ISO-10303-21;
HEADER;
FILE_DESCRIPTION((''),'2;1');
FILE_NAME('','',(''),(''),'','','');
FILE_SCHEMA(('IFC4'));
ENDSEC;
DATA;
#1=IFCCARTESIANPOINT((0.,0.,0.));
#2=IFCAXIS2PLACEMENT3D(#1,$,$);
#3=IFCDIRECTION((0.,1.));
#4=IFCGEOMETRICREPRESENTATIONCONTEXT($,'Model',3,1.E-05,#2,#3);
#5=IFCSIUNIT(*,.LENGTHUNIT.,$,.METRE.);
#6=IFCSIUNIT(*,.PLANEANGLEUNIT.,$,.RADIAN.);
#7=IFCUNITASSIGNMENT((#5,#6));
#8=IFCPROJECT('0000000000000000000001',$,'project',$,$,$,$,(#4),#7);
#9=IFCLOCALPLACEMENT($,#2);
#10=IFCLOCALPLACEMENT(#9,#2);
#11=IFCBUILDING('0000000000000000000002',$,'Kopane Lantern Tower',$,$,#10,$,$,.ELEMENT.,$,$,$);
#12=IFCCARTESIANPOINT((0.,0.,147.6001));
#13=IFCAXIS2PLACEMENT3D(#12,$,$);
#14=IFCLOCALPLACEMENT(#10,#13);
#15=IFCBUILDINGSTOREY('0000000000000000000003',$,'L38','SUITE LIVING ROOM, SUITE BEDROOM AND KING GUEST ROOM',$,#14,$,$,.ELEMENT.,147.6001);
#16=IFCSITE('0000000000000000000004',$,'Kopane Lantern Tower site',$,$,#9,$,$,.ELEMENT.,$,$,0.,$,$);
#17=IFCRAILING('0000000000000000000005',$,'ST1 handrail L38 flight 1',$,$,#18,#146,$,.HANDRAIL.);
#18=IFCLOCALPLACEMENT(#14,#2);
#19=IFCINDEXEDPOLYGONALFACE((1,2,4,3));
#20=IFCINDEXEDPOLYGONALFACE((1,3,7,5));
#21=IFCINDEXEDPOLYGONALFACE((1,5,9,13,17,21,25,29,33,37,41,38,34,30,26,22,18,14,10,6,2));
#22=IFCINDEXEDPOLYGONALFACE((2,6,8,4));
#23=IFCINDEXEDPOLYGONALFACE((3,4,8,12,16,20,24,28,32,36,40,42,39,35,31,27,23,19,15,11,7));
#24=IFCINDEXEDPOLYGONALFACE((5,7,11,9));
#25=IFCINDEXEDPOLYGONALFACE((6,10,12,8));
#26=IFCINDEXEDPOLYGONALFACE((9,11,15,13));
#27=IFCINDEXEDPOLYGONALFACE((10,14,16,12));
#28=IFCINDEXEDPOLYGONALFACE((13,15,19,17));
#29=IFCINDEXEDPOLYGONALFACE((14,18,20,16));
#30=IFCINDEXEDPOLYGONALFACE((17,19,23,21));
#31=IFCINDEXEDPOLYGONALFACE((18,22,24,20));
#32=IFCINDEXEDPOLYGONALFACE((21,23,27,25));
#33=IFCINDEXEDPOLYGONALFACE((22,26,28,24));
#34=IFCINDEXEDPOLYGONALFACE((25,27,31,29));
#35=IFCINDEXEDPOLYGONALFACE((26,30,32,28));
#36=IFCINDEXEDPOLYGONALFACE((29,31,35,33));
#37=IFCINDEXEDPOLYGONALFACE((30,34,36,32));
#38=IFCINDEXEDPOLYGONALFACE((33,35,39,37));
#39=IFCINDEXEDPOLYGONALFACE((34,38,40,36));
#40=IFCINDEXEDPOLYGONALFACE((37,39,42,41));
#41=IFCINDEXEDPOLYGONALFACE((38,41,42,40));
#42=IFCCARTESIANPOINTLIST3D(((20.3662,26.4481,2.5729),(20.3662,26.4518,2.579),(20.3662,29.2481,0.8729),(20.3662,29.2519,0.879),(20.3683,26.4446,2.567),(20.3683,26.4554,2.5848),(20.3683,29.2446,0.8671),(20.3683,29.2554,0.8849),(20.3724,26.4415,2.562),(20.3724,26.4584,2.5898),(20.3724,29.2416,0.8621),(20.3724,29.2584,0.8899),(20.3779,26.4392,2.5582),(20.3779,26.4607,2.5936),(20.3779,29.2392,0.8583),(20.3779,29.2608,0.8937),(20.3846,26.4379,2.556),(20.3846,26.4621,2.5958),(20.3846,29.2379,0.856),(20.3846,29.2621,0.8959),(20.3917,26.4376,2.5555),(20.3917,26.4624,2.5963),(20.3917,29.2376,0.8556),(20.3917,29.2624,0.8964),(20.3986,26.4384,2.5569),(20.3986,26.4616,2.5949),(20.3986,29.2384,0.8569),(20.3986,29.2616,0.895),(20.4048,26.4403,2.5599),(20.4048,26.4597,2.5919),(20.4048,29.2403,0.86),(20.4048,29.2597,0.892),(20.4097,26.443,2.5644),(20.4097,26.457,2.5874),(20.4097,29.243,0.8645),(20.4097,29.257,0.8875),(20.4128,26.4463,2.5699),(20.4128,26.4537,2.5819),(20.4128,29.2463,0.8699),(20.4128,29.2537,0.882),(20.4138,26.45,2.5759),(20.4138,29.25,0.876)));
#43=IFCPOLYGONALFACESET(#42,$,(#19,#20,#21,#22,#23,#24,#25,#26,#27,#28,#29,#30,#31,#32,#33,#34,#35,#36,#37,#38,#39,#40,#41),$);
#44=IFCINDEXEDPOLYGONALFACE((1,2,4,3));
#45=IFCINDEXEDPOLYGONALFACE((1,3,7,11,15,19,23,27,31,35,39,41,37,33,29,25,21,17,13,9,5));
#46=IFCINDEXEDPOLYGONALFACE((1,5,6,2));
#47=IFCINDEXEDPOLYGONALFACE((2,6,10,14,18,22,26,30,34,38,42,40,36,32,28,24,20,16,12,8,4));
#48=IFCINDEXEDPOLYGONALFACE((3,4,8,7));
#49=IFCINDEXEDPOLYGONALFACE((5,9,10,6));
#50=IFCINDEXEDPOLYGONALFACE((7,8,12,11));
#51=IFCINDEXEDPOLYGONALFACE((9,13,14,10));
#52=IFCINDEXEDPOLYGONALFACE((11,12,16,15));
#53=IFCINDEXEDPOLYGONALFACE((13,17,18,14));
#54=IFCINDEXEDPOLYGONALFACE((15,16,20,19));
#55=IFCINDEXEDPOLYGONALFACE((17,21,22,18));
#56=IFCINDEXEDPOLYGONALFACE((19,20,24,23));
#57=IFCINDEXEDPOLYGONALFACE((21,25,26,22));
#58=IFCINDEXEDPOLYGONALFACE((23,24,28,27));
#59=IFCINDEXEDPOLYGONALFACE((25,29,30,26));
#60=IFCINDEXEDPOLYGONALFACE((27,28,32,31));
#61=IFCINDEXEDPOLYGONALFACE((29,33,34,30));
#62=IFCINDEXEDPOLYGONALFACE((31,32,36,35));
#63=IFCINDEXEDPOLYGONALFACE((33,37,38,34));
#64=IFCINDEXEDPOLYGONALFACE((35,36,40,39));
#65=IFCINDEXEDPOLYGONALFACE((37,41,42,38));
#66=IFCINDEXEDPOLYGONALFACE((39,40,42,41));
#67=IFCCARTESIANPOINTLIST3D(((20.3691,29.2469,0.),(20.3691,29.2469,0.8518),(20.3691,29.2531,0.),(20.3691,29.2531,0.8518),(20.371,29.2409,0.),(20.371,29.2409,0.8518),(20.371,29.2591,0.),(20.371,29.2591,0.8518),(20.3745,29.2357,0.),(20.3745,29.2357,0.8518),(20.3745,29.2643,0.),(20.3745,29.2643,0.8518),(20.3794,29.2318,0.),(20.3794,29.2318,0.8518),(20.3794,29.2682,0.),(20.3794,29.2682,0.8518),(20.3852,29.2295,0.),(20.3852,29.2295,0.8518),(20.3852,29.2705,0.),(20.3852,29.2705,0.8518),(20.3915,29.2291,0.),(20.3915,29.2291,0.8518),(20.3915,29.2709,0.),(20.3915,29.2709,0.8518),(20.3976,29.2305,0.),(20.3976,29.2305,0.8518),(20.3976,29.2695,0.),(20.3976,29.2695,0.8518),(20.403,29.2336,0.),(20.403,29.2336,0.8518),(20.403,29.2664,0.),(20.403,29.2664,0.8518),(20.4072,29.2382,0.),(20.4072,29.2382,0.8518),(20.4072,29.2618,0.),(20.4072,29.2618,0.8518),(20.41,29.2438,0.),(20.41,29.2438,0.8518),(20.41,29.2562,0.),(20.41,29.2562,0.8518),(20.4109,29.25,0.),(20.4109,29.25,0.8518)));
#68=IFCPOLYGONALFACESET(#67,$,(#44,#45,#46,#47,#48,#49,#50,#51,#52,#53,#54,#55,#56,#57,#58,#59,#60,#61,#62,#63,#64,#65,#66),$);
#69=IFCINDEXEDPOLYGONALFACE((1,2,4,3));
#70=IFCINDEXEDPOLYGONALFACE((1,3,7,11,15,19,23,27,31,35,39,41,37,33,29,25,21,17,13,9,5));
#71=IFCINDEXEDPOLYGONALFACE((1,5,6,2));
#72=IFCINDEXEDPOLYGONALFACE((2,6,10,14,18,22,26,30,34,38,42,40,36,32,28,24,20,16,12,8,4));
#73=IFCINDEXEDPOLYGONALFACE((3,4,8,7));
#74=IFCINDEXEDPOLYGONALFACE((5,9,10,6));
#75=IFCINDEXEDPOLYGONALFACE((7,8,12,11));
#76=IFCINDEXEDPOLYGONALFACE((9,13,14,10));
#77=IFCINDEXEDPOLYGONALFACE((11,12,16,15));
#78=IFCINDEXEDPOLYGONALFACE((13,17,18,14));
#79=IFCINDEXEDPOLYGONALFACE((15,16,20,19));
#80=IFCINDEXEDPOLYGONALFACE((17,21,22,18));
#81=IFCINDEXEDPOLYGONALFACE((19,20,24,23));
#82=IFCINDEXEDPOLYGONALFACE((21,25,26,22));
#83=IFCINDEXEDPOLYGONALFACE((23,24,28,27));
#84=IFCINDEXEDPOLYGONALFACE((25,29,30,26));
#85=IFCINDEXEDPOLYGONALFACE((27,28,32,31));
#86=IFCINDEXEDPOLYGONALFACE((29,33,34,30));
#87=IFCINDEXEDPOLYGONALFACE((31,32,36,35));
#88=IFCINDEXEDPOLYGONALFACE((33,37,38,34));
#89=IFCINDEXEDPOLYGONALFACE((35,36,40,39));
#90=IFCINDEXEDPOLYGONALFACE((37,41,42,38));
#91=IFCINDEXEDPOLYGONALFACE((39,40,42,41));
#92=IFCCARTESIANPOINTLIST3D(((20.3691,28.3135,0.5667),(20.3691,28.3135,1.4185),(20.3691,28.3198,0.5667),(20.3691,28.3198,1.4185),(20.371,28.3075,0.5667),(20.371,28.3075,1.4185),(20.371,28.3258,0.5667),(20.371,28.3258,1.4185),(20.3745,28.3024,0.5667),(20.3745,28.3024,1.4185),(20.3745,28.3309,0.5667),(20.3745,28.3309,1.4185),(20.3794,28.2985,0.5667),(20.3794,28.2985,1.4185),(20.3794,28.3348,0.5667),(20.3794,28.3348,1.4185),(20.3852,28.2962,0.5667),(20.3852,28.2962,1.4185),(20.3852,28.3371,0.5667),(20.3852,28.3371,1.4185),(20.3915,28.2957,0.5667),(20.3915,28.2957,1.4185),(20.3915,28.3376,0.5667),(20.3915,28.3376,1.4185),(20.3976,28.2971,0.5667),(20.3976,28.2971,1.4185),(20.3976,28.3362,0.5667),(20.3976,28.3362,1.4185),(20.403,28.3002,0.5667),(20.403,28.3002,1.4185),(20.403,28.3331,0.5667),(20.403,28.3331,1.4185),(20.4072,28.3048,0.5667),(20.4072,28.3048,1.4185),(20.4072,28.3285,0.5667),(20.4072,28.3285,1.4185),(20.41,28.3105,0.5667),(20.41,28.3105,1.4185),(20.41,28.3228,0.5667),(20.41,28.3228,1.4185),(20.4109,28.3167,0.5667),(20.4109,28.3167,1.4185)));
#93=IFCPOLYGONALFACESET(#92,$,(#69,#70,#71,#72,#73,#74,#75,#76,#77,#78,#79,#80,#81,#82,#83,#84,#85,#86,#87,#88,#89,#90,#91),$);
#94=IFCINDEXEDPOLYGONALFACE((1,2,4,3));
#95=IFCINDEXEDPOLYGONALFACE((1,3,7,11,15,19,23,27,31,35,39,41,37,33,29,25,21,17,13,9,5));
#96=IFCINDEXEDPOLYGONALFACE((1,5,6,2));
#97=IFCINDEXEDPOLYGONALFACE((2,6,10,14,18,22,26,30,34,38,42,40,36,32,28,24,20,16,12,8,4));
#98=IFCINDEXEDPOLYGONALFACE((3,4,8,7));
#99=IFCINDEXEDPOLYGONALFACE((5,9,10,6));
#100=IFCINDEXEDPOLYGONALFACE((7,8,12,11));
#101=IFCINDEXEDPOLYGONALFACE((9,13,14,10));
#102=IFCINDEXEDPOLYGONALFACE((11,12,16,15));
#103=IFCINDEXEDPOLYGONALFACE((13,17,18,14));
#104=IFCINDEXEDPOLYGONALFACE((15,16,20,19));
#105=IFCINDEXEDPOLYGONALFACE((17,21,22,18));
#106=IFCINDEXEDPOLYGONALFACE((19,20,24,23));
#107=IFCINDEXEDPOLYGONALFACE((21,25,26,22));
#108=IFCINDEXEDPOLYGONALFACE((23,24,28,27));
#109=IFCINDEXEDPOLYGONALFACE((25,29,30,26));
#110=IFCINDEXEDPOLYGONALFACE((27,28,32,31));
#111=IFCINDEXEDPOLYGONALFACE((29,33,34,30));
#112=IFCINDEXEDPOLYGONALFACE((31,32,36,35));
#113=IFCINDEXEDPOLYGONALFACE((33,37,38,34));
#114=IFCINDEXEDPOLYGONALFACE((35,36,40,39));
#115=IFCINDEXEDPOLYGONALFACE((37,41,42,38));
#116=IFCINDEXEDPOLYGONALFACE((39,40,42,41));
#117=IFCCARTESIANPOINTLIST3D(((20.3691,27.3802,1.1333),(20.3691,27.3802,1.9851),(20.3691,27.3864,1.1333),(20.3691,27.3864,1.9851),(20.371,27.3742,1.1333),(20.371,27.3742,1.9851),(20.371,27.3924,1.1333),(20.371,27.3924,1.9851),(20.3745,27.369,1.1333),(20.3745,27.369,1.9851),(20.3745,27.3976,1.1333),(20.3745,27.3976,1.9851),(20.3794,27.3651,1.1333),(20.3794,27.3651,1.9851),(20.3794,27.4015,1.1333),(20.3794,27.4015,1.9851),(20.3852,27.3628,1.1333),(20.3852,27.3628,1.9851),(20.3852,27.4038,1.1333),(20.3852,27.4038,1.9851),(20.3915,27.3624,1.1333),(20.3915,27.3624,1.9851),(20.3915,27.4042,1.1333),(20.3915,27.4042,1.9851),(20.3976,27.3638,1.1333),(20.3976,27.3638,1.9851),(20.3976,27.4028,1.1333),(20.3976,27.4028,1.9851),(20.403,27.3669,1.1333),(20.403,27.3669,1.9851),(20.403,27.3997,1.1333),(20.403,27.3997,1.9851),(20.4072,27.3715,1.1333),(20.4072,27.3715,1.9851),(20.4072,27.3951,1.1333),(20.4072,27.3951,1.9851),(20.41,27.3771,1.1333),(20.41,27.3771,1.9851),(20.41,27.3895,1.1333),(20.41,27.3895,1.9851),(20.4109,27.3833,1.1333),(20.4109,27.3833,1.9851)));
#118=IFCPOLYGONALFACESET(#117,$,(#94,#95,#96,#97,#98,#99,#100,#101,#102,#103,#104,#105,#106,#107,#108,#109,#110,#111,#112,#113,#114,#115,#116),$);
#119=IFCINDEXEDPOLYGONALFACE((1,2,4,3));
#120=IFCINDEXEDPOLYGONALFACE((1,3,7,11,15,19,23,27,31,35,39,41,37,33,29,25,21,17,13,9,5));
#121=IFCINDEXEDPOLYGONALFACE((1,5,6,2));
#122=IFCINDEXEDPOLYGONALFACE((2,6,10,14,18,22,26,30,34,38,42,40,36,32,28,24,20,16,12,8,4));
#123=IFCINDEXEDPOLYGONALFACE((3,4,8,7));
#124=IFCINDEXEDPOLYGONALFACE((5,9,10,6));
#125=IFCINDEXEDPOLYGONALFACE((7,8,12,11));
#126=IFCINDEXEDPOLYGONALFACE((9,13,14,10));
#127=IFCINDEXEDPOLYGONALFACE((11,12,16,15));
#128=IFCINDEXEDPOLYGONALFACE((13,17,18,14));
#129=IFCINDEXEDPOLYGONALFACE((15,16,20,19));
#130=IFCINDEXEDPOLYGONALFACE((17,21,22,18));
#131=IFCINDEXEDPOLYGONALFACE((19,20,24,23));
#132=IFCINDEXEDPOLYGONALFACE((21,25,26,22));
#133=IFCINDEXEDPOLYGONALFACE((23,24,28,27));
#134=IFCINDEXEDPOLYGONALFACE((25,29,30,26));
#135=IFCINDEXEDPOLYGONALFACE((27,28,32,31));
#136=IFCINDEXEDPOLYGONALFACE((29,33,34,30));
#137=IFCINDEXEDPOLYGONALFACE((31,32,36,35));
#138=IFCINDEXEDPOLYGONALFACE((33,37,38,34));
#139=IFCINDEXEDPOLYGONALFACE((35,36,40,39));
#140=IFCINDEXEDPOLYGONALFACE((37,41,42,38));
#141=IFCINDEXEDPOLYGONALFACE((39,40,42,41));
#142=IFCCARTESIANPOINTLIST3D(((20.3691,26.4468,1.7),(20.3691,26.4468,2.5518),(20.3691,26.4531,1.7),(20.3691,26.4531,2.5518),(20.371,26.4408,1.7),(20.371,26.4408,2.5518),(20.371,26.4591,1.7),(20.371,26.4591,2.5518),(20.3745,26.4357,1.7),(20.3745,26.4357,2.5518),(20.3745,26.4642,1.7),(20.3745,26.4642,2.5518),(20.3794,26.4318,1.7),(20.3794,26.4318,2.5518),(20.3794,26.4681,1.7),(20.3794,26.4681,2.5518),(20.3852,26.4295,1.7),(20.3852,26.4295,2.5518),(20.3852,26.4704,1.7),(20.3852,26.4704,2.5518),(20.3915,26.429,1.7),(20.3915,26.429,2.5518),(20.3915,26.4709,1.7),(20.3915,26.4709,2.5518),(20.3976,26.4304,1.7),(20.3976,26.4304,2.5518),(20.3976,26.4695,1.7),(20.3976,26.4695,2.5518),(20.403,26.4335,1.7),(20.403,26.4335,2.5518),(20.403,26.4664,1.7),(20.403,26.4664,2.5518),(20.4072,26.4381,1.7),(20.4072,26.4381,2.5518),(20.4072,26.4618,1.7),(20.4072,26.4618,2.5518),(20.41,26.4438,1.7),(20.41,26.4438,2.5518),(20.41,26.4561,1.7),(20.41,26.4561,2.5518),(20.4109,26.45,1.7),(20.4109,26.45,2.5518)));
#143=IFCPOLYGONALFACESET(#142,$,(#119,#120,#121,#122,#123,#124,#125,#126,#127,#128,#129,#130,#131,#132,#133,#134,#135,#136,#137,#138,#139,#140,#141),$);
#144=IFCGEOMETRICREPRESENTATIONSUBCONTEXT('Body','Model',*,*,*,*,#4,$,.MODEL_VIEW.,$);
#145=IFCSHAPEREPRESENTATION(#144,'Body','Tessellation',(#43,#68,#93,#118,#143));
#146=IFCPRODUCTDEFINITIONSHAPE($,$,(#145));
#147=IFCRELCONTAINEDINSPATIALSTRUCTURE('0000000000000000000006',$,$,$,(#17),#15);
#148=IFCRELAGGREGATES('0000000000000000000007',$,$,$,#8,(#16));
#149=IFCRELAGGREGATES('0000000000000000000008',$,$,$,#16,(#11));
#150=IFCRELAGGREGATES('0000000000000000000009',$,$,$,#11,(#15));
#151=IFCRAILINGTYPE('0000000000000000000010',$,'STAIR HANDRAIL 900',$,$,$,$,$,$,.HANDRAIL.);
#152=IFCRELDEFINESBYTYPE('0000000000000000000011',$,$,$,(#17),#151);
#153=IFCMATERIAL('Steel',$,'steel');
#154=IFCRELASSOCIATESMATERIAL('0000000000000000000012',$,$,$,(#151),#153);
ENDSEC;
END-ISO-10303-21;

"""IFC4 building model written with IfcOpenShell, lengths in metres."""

from ifc_helpers import new_model, si_unit, direction, frame, origin, origin_2d, place, context, subcontext, project, spatial, circle, extrude, material, type_object, element, save


model = new_model("IFC4")

# Units and contexts
model_context = context("Model", 3, precision=1e-05, world=origin(), true_north=direction((0.0, 1.0)))
body_context = subcontext(model_context, "Body", "Model", "MODEL_VIEW")
ifc_project = project(units=[si_unit("LENGTHUNIT", "METRE"), si_unit("PLANEANGLEUNIT", "RADIAN")], contexts=[model_context])

# Site, building, storey
site_placement = place(None, origin())
site = spatial("IfcSite", under=ifc_project, at=site_placement, Name="Kopane Lantern Tower site", CompositionType="ELEMENT", RefElevation=0.0)
building_placement = place(site_placement, origin())
building = spatial("IfcBuilding", under=site, at=building_placement, Name="Kopane Lantern Tower", CompositionType="ELEMENT")
storey_placement = place(building_placement, frame((0.0, 0.0, 147.6001)))
storey = spatial("IfcBuildingStorey", under=building, at=storey_placement, Name="L38", Description="SUITE LIVING ROOM, SUITE BEDROOM AND KING GUEST ROOM", CompositionType="ELEMENT", Elevation=147.6001)

# Railing
ifc_material_1 = material(Name="Steel", Category="steel")
railing_type_1 = type_object("IfcRailingType", Name="STAIR HANDRAIL 900", PredefinedType="HANDRAIL", material=ifc_material_1)
for number, where, name in (
    (1, (20.3899, 29.25, 0.0), "ST1 handrail L38 flight 1"),
):
    element("IfcRailing", number, at=place(storey_placement, frame(where)), inside=storey, type_object=railing_type_1, Name=name, PredefinedType="HANDRAIL", context=body_context, shape_type="SweptSolid", body=[
        extrude(circle(Radius=0.0239, at=origin_2d()), frame((0.0, 0.0, 0.876), z_axis=(0.0, -0.854798, 0.518961), x_axis=(1.0, 0.0, 0.0)), (0.0, 0.0, 1.0), 3.2756),
        extrude(circle(Radius=0.021, at=origin_2d()), origin(), (0.0, 0.0, 1.0), 0.8518),
        extrude(circle(Radius=0.021, at=origin_2d()), frame((0.0, -0.9333, 0.5667)), (0.0, 0.0, 1.0), 0.8518),
        extrude(circle(Radius=0.021, at=origin_2d()), frame((0.0, -1.8667, 1.1333)), (0.0, 0.0, 1.0), 0.8518),
        extrude(circle(Radius=0.021, at=origin_2d()), frame((0.0, -2.8, 1.7)), (0.0, 0.0, 1.0), 0.8518),
    ])

save(model, "model.ifc")
